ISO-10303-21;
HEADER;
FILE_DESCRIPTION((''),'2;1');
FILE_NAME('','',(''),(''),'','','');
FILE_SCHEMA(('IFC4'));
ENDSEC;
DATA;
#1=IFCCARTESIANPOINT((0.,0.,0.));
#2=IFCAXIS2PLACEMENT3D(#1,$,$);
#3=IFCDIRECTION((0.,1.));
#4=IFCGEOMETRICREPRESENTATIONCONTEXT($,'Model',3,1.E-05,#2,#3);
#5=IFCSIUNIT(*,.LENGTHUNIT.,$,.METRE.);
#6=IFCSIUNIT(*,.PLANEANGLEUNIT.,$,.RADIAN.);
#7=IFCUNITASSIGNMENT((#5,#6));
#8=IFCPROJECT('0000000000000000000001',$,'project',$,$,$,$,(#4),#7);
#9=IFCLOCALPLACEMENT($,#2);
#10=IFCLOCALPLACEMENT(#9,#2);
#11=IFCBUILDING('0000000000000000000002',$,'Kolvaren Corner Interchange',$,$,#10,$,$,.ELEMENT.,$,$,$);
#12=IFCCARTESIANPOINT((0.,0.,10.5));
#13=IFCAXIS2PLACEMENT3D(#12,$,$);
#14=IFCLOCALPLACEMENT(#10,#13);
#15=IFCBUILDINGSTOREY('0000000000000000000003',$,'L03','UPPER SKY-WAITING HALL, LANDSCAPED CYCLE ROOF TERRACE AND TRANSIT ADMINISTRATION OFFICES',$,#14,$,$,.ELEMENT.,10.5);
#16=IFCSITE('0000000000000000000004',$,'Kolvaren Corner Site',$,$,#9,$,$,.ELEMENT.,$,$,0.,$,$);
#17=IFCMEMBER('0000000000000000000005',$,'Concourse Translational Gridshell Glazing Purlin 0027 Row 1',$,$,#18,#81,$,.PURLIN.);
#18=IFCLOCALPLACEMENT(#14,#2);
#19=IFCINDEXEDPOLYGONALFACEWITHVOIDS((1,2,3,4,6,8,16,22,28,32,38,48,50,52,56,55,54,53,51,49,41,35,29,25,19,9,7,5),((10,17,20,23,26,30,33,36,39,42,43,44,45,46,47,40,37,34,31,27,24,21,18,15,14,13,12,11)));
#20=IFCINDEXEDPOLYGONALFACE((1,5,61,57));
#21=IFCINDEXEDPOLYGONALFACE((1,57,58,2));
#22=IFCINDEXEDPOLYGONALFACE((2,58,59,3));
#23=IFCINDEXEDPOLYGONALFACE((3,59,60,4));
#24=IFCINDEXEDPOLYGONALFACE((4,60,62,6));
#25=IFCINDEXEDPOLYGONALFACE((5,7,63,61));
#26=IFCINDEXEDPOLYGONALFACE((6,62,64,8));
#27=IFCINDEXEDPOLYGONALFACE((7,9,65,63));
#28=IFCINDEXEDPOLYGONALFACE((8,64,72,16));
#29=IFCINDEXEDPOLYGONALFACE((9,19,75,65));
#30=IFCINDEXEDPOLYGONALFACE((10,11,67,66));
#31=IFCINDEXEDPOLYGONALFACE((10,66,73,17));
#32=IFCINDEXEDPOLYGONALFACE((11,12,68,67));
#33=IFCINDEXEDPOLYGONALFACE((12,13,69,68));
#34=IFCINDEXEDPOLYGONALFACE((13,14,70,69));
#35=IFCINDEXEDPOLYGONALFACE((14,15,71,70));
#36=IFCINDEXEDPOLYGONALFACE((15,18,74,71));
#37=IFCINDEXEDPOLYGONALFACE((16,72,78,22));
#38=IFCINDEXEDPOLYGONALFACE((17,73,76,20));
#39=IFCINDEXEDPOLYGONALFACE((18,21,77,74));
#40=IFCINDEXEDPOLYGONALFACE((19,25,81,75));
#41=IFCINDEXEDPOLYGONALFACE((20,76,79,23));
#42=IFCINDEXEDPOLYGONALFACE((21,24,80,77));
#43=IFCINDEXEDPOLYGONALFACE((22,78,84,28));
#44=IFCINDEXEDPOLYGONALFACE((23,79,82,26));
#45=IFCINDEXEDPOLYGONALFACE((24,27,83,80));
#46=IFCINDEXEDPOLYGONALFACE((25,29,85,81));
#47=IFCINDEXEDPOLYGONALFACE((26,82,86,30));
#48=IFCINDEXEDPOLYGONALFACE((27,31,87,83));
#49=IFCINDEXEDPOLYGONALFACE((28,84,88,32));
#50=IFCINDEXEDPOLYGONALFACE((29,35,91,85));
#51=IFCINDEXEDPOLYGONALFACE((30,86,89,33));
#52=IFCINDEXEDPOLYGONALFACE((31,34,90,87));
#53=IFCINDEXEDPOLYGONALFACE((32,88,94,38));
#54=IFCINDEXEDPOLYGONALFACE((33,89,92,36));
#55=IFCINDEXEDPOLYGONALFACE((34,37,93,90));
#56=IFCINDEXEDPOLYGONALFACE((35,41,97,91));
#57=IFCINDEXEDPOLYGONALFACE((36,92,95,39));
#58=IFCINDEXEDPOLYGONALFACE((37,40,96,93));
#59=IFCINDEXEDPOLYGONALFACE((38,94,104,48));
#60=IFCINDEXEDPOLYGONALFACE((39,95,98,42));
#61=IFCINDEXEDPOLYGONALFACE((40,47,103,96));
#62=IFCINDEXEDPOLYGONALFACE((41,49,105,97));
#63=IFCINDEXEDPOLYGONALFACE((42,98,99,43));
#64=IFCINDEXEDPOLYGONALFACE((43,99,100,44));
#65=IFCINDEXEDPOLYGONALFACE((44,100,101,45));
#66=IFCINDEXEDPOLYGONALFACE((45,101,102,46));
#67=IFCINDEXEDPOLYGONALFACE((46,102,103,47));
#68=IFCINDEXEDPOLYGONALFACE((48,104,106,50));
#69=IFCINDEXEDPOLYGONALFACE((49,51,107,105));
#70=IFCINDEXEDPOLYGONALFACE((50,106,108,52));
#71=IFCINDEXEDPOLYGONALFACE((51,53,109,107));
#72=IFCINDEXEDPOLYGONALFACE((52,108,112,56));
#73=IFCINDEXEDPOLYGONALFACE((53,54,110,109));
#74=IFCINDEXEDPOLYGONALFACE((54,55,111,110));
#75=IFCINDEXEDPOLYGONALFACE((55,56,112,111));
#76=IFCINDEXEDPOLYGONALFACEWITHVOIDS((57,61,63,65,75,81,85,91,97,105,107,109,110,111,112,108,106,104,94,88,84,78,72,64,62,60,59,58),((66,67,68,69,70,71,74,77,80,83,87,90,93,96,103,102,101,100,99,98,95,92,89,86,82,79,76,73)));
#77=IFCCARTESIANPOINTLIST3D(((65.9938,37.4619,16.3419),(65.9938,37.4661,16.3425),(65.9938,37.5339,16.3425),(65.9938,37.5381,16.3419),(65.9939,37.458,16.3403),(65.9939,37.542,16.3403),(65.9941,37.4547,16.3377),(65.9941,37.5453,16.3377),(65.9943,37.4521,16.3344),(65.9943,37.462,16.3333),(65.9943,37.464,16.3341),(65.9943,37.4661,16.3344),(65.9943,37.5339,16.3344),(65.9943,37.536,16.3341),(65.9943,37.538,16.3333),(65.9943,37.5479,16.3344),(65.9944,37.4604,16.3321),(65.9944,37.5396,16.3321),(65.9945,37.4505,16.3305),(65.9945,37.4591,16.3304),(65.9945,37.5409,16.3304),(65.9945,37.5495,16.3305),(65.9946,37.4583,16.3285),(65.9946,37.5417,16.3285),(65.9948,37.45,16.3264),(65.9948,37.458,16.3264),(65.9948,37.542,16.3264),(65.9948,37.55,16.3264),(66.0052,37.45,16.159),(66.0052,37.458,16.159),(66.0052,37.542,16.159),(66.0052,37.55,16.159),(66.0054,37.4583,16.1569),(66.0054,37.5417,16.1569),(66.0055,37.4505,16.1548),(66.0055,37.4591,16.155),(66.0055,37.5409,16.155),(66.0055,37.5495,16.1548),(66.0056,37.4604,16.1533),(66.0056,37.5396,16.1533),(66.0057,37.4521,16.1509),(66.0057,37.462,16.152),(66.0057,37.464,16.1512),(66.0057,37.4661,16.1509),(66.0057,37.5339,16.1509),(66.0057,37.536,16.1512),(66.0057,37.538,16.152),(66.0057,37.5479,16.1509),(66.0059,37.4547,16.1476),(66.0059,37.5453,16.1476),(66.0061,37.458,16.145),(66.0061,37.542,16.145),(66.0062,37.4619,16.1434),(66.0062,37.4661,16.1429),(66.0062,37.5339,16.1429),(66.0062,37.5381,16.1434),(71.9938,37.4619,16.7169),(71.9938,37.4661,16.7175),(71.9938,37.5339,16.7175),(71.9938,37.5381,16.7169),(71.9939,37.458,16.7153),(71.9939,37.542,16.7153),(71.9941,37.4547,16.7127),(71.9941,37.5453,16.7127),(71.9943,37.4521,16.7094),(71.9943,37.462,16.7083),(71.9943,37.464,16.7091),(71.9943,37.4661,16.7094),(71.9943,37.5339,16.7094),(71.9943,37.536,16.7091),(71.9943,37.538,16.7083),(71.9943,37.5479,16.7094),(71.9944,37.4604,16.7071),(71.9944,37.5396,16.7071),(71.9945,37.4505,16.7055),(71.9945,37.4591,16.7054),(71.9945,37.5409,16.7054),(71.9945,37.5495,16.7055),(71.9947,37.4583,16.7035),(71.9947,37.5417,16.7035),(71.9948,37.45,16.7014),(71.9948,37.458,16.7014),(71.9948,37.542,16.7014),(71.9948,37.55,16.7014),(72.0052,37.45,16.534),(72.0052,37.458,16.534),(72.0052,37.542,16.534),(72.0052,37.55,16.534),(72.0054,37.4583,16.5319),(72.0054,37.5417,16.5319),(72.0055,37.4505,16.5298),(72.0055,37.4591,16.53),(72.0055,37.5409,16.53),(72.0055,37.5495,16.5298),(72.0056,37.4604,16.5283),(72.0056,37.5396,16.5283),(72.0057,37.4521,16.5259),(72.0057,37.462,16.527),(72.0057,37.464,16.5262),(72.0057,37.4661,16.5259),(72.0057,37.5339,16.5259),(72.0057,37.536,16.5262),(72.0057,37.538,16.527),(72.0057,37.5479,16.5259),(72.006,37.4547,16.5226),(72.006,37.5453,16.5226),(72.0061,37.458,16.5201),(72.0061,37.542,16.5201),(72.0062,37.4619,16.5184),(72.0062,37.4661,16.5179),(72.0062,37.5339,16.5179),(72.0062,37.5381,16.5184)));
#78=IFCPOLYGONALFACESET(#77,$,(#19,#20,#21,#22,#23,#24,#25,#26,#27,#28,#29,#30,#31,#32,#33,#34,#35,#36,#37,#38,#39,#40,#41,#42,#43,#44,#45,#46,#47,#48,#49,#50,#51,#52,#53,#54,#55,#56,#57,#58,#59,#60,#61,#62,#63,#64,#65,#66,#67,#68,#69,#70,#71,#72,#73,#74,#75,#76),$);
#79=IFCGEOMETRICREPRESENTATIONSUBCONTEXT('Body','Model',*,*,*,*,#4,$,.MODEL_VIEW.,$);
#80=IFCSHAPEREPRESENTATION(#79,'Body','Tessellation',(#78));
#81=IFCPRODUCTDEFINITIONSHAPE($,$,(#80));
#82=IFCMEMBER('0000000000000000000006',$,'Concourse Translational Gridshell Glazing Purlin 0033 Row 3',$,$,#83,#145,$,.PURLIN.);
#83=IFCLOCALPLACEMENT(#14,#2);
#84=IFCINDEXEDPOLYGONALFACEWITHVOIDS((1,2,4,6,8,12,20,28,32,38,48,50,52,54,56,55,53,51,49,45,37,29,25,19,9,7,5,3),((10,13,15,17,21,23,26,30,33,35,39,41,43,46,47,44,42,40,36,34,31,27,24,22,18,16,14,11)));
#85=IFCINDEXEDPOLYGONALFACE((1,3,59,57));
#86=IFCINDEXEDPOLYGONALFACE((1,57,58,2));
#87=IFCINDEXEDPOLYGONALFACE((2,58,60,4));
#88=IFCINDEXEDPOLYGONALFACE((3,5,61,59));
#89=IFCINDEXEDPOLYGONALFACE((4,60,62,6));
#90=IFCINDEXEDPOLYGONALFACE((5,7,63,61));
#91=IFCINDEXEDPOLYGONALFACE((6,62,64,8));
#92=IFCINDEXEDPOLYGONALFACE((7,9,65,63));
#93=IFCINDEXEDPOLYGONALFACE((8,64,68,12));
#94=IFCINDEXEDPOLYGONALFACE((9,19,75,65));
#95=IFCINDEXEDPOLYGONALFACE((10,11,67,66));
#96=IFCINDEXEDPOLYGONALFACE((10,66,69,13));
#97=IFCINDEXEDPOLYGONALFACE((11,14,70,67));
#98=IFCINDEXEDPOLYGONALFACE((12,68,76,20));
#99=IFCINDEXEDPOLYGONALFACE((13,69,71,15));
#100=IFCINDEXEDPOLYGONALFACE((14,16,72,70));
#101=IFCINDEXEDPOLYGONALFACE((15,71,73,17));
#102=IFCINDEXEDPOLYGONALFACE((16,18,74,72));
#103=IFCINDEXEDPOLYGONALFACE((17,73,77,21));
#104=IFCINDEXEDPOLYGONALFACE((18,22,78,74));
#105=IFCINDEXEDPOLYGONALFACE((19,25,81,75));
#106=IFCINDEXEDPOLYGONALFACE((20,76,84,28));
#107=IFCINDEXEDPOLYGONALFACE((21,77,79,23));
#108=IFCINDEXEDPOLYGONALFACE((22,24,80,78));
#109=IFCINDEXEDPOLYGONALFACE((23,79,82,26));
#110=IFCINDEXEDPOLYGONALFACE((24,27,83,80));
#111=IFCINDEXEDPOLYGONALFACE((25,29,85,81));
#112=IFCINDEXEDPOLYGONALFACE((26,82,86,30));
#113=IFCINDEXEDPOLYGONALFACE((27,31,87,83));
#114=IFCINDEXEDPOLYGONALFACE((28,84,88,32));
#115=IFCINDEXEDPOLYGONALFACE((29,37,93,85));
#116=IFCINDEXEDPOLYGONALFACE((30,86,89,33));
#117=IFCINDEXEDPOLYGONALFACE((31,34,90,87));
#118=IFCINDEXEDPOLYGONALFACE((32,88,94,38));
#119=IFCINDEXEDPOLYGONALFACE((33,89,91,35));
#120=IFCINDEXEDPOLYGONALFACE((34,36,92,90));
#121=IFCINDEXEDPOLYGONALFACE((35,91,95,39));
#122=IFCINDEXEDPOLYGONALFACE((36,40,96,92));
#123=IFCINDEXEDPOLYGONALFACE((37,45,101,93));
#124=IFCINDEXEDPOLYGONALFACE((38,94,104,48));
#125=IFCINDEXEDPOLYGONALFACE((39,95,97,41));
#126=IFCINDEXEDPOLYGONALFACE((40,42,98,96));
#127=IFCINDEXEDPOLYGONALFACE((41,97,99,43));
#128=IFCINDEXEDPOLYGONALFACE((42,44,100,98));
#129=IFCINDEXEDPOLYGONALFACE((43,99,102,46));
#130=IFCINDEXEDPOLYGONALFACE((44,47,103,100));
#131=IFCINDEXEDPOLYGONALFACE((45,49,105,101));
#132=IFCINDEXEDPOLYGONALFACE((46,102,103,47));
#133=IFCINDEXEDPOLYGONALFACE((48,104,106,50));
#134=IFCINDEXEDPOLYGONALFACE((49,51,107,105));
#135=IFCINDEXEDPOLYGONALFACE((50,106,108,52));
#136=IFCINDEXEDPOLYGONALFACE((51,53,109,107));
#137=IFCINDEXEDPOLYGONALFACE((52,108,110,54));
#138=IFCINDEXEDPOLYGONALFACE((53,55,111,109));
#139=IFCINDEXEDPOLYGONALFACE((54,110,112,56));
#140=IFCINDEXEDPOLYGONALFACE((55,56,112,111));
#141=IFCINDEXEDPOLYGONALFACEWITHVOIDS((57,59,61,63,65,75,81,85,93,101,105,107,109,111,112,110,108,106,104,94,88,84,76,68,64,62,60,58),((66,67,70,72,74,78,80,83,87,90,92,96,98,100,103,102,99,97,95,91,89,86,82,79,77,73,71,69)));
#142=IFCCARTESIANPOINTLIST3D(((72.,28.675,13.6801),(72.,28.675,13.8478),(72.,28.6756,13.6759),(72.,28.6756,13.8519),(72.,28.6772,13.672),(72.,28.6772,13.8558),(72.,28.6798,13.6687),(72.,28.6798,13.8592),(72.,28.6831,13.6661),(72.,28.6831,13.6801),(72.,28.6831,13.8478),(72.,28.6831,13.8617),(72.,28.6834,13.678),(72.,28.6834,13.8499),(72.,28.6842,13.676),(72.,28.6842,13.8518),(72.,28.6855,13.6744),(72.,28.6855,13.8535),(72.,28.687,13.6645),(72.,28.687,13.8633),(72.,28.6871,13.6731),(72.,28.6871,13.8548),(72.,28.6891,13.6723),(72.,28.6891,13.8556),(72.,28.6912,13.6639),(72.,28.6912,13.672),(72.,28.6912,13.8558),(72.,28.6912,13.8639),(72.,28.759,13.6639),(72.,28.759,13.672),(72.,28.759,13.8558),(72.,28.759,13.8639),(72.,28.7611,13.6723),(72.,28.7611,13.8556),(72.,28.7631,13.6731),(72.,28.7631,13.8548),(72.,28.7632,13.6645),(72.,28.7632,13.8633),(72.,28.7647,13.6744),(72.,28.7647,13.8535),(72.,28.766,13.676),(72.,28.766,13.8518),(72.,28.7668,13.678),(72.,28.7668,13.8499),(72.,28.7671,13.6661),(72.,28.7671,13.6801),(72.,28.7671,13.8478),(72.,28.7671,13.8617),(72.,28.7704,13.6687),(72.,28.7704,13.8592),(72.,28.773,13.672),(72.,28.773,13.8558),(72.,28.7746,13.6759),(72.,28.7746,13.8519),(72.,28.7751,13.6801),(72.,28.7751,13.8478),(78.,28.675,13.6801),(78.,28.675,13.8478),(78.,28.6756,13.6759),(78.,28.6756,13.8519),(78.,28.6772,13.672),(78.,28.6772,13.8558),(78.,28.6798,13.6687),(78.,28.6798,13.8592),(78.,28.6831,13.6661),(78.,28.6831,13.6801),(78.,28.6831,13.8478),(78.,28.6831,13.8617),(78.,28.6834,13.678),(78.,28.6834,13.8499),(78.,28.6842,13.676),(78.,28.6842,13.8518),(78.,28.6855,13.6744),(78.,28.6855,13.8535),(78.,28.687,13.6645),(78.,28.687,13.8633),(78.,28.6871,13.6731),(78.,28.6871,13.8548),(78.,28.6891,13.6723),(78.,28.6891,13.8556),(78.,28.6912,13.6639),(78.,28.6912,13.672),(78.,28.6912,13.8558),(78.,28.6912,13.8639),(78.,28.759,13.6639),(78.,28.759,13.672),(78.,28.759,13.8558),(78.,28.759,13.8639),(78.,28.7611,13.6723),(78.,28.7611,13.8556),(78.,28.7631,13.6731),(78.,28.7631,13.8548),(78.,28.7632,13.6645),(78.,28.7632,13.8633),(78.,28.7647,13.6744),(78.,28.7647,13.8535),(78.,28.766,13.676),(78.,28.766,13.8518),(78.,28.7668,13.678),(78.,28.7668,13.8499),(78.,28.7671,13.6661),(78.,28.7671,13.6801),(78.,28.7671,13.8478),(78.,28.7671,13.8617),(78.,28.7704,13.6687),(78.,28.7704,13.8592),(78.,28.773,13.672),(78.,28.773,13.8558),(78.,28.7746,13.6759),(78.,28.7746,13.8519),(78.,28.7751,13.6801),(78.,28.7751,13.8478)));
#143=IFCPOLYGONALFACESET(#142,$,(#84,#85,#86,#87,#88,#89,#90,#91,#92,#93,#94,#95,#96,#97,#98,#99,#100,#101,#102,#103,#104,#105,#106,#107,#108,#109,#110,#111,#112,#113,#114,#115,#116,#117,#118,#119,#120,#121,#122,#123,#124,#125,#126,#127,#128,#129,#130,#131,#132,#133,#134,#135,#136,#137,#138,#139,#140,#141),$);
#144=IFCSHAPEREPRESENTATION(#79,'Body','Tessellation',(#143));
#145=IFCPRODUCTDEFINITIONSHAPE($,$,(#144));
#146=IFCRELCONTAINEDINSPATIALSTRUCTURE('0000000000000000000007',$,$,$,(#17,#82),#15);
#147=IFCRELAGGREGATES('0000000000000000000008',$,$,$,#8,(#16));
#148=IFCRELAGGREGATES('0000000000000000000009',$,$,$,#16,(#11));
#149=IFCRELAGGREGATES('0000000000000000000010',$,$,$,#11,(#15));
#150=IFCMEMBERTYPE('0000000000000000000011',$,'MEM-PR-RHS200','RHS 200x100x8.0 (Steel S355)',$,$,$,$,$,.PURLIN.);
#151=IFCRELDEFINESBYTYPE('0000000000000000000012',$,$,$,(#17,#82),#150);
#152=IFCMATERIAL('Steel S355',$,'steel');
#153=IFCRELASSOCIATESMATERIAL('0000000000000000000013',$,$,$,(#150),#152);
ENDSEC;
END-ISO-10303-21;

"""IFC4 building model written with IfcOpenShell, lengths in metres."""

from ifc_helpers import new_model, si_unit, direction, frame, origin, origin_2d, place, context, subcontext, project, spatial, hollow_rectangle, extrude, material, material_profile, profile_set, type_object, element, save


model = new_model("IFC4")

# Units and contexts
model_context = context("Model", 3, precision=1e-05, world=origin(), true_north=direction((0.0, 1.0)))
body_context = subcontext(model_context, "Body", "Model", "MODEL_VIEW")
ifc_project = project(units=[si_unit("LENGTHUNIT", "METRE"), si_unit("PLANEANGLEUNIT", "RADIAN")], contexts=[model_context])

# Site, building, storey
site_placement = place(None, origin())
site = spatial("IfcSite", under=ifc_project, at=site_placement, Name="Kolvaren Corner Site", CompositionType="ELEMENT", RefElevation=0.0)
building_placement = place(site_placement, origin())
building = spatial("IfcBuilding", under=site, at=building_placement, Name="Kolvaren Corner Interchange", CompositionType="ELEMENT")
storey_placement = place(building_placement, frame((0.0, 0.0, 10.5)))
storey = spatial("IfcBuildingStorey", under=building, at=storey_placement, Name="L03", Description="UPPER SKY-WAITING HALL, LANDSCAPED CYCLE ROOF TERRACE AND TRANSIT ADMINISTRATION OFFICES", CompositionType="ELEMENT", Elevation=10.5)

# Members
ifc_material_1 = material(Name="Steel S355", Category="steel")
ifc_material_profile_1 = material_profile(ifc_material_1, hollow_rectangle(XDim=0.1001, YDim=0.2, WallThickness=0.0081, InnerFilletRadius=0.0081, OuterFilletRadius=0.0161, at=origin_2d()), Name="RHS 200x100x8.0")
ifc_profile_set_1 = profile_set([ifc_material_profile_1], Name="Steel S355")
member_type_1 = type_object("IfcMemberType", Name="MEM-PR-RHS200", Description="RHS 200x100x8.0 (Steel S355)", PredefinedType="PURLIN", material=ifc_profile_set_1)
for number, where, z_axis, x_axis, name in (
    (1, (66.0, 37.5, 16.2427), (0.998053, 0.0, 0.062378), (0.0, 1.0, 0.0), "Concourse Translational Gridshell Glazing Purlin 0027 Row 1"),
):
    element("IfcMember", number, at=place(storey_placement, frame(where, z_axis=z_axis, x_axis=x_axis)), inside=storey, type_object=member_type_1, Name=name, PredefinedType="PURLIN", context=body_context, shape_type="SweptSolid", body=[
        extrude(hollow_rectangle(XDim=0.1001, YDim=0.2, WallThickness=0.0081, InnerFilletRadius=0.0081, OuterFilletRadius=0.0161, at=origin_2d()), origin(), (0.0, 0.0, 1.0), 6.0117),
    ])
member_1_placement = place(storey_placement, frame((72.0, 28.7251, 13.7639), z_axis=(1.0, 0.0, 0.0), x_axis=(0.0, 1.0, 0.0)))
element("IfcMember", 2, at=member_1_placement, inside=storey, type_object=member_type_1, Name="Concourse Translational Gridshell Glazing Purlin 0033 Row 3", PredefinedType="PURLIN", context=body_context, shape_type="SweptSolid", body=[
    extrude(hollow_rectangle(XDim=0.1001, YDim=0.2, WallThickness=0.0081, InnerFilletRadius=0.0081, OuterFilletRadius=0.0161, at=origin_2d()), origin(), (0.0, 0.0, 1.0), 6.0),
])

save(model, "model.ifc")
